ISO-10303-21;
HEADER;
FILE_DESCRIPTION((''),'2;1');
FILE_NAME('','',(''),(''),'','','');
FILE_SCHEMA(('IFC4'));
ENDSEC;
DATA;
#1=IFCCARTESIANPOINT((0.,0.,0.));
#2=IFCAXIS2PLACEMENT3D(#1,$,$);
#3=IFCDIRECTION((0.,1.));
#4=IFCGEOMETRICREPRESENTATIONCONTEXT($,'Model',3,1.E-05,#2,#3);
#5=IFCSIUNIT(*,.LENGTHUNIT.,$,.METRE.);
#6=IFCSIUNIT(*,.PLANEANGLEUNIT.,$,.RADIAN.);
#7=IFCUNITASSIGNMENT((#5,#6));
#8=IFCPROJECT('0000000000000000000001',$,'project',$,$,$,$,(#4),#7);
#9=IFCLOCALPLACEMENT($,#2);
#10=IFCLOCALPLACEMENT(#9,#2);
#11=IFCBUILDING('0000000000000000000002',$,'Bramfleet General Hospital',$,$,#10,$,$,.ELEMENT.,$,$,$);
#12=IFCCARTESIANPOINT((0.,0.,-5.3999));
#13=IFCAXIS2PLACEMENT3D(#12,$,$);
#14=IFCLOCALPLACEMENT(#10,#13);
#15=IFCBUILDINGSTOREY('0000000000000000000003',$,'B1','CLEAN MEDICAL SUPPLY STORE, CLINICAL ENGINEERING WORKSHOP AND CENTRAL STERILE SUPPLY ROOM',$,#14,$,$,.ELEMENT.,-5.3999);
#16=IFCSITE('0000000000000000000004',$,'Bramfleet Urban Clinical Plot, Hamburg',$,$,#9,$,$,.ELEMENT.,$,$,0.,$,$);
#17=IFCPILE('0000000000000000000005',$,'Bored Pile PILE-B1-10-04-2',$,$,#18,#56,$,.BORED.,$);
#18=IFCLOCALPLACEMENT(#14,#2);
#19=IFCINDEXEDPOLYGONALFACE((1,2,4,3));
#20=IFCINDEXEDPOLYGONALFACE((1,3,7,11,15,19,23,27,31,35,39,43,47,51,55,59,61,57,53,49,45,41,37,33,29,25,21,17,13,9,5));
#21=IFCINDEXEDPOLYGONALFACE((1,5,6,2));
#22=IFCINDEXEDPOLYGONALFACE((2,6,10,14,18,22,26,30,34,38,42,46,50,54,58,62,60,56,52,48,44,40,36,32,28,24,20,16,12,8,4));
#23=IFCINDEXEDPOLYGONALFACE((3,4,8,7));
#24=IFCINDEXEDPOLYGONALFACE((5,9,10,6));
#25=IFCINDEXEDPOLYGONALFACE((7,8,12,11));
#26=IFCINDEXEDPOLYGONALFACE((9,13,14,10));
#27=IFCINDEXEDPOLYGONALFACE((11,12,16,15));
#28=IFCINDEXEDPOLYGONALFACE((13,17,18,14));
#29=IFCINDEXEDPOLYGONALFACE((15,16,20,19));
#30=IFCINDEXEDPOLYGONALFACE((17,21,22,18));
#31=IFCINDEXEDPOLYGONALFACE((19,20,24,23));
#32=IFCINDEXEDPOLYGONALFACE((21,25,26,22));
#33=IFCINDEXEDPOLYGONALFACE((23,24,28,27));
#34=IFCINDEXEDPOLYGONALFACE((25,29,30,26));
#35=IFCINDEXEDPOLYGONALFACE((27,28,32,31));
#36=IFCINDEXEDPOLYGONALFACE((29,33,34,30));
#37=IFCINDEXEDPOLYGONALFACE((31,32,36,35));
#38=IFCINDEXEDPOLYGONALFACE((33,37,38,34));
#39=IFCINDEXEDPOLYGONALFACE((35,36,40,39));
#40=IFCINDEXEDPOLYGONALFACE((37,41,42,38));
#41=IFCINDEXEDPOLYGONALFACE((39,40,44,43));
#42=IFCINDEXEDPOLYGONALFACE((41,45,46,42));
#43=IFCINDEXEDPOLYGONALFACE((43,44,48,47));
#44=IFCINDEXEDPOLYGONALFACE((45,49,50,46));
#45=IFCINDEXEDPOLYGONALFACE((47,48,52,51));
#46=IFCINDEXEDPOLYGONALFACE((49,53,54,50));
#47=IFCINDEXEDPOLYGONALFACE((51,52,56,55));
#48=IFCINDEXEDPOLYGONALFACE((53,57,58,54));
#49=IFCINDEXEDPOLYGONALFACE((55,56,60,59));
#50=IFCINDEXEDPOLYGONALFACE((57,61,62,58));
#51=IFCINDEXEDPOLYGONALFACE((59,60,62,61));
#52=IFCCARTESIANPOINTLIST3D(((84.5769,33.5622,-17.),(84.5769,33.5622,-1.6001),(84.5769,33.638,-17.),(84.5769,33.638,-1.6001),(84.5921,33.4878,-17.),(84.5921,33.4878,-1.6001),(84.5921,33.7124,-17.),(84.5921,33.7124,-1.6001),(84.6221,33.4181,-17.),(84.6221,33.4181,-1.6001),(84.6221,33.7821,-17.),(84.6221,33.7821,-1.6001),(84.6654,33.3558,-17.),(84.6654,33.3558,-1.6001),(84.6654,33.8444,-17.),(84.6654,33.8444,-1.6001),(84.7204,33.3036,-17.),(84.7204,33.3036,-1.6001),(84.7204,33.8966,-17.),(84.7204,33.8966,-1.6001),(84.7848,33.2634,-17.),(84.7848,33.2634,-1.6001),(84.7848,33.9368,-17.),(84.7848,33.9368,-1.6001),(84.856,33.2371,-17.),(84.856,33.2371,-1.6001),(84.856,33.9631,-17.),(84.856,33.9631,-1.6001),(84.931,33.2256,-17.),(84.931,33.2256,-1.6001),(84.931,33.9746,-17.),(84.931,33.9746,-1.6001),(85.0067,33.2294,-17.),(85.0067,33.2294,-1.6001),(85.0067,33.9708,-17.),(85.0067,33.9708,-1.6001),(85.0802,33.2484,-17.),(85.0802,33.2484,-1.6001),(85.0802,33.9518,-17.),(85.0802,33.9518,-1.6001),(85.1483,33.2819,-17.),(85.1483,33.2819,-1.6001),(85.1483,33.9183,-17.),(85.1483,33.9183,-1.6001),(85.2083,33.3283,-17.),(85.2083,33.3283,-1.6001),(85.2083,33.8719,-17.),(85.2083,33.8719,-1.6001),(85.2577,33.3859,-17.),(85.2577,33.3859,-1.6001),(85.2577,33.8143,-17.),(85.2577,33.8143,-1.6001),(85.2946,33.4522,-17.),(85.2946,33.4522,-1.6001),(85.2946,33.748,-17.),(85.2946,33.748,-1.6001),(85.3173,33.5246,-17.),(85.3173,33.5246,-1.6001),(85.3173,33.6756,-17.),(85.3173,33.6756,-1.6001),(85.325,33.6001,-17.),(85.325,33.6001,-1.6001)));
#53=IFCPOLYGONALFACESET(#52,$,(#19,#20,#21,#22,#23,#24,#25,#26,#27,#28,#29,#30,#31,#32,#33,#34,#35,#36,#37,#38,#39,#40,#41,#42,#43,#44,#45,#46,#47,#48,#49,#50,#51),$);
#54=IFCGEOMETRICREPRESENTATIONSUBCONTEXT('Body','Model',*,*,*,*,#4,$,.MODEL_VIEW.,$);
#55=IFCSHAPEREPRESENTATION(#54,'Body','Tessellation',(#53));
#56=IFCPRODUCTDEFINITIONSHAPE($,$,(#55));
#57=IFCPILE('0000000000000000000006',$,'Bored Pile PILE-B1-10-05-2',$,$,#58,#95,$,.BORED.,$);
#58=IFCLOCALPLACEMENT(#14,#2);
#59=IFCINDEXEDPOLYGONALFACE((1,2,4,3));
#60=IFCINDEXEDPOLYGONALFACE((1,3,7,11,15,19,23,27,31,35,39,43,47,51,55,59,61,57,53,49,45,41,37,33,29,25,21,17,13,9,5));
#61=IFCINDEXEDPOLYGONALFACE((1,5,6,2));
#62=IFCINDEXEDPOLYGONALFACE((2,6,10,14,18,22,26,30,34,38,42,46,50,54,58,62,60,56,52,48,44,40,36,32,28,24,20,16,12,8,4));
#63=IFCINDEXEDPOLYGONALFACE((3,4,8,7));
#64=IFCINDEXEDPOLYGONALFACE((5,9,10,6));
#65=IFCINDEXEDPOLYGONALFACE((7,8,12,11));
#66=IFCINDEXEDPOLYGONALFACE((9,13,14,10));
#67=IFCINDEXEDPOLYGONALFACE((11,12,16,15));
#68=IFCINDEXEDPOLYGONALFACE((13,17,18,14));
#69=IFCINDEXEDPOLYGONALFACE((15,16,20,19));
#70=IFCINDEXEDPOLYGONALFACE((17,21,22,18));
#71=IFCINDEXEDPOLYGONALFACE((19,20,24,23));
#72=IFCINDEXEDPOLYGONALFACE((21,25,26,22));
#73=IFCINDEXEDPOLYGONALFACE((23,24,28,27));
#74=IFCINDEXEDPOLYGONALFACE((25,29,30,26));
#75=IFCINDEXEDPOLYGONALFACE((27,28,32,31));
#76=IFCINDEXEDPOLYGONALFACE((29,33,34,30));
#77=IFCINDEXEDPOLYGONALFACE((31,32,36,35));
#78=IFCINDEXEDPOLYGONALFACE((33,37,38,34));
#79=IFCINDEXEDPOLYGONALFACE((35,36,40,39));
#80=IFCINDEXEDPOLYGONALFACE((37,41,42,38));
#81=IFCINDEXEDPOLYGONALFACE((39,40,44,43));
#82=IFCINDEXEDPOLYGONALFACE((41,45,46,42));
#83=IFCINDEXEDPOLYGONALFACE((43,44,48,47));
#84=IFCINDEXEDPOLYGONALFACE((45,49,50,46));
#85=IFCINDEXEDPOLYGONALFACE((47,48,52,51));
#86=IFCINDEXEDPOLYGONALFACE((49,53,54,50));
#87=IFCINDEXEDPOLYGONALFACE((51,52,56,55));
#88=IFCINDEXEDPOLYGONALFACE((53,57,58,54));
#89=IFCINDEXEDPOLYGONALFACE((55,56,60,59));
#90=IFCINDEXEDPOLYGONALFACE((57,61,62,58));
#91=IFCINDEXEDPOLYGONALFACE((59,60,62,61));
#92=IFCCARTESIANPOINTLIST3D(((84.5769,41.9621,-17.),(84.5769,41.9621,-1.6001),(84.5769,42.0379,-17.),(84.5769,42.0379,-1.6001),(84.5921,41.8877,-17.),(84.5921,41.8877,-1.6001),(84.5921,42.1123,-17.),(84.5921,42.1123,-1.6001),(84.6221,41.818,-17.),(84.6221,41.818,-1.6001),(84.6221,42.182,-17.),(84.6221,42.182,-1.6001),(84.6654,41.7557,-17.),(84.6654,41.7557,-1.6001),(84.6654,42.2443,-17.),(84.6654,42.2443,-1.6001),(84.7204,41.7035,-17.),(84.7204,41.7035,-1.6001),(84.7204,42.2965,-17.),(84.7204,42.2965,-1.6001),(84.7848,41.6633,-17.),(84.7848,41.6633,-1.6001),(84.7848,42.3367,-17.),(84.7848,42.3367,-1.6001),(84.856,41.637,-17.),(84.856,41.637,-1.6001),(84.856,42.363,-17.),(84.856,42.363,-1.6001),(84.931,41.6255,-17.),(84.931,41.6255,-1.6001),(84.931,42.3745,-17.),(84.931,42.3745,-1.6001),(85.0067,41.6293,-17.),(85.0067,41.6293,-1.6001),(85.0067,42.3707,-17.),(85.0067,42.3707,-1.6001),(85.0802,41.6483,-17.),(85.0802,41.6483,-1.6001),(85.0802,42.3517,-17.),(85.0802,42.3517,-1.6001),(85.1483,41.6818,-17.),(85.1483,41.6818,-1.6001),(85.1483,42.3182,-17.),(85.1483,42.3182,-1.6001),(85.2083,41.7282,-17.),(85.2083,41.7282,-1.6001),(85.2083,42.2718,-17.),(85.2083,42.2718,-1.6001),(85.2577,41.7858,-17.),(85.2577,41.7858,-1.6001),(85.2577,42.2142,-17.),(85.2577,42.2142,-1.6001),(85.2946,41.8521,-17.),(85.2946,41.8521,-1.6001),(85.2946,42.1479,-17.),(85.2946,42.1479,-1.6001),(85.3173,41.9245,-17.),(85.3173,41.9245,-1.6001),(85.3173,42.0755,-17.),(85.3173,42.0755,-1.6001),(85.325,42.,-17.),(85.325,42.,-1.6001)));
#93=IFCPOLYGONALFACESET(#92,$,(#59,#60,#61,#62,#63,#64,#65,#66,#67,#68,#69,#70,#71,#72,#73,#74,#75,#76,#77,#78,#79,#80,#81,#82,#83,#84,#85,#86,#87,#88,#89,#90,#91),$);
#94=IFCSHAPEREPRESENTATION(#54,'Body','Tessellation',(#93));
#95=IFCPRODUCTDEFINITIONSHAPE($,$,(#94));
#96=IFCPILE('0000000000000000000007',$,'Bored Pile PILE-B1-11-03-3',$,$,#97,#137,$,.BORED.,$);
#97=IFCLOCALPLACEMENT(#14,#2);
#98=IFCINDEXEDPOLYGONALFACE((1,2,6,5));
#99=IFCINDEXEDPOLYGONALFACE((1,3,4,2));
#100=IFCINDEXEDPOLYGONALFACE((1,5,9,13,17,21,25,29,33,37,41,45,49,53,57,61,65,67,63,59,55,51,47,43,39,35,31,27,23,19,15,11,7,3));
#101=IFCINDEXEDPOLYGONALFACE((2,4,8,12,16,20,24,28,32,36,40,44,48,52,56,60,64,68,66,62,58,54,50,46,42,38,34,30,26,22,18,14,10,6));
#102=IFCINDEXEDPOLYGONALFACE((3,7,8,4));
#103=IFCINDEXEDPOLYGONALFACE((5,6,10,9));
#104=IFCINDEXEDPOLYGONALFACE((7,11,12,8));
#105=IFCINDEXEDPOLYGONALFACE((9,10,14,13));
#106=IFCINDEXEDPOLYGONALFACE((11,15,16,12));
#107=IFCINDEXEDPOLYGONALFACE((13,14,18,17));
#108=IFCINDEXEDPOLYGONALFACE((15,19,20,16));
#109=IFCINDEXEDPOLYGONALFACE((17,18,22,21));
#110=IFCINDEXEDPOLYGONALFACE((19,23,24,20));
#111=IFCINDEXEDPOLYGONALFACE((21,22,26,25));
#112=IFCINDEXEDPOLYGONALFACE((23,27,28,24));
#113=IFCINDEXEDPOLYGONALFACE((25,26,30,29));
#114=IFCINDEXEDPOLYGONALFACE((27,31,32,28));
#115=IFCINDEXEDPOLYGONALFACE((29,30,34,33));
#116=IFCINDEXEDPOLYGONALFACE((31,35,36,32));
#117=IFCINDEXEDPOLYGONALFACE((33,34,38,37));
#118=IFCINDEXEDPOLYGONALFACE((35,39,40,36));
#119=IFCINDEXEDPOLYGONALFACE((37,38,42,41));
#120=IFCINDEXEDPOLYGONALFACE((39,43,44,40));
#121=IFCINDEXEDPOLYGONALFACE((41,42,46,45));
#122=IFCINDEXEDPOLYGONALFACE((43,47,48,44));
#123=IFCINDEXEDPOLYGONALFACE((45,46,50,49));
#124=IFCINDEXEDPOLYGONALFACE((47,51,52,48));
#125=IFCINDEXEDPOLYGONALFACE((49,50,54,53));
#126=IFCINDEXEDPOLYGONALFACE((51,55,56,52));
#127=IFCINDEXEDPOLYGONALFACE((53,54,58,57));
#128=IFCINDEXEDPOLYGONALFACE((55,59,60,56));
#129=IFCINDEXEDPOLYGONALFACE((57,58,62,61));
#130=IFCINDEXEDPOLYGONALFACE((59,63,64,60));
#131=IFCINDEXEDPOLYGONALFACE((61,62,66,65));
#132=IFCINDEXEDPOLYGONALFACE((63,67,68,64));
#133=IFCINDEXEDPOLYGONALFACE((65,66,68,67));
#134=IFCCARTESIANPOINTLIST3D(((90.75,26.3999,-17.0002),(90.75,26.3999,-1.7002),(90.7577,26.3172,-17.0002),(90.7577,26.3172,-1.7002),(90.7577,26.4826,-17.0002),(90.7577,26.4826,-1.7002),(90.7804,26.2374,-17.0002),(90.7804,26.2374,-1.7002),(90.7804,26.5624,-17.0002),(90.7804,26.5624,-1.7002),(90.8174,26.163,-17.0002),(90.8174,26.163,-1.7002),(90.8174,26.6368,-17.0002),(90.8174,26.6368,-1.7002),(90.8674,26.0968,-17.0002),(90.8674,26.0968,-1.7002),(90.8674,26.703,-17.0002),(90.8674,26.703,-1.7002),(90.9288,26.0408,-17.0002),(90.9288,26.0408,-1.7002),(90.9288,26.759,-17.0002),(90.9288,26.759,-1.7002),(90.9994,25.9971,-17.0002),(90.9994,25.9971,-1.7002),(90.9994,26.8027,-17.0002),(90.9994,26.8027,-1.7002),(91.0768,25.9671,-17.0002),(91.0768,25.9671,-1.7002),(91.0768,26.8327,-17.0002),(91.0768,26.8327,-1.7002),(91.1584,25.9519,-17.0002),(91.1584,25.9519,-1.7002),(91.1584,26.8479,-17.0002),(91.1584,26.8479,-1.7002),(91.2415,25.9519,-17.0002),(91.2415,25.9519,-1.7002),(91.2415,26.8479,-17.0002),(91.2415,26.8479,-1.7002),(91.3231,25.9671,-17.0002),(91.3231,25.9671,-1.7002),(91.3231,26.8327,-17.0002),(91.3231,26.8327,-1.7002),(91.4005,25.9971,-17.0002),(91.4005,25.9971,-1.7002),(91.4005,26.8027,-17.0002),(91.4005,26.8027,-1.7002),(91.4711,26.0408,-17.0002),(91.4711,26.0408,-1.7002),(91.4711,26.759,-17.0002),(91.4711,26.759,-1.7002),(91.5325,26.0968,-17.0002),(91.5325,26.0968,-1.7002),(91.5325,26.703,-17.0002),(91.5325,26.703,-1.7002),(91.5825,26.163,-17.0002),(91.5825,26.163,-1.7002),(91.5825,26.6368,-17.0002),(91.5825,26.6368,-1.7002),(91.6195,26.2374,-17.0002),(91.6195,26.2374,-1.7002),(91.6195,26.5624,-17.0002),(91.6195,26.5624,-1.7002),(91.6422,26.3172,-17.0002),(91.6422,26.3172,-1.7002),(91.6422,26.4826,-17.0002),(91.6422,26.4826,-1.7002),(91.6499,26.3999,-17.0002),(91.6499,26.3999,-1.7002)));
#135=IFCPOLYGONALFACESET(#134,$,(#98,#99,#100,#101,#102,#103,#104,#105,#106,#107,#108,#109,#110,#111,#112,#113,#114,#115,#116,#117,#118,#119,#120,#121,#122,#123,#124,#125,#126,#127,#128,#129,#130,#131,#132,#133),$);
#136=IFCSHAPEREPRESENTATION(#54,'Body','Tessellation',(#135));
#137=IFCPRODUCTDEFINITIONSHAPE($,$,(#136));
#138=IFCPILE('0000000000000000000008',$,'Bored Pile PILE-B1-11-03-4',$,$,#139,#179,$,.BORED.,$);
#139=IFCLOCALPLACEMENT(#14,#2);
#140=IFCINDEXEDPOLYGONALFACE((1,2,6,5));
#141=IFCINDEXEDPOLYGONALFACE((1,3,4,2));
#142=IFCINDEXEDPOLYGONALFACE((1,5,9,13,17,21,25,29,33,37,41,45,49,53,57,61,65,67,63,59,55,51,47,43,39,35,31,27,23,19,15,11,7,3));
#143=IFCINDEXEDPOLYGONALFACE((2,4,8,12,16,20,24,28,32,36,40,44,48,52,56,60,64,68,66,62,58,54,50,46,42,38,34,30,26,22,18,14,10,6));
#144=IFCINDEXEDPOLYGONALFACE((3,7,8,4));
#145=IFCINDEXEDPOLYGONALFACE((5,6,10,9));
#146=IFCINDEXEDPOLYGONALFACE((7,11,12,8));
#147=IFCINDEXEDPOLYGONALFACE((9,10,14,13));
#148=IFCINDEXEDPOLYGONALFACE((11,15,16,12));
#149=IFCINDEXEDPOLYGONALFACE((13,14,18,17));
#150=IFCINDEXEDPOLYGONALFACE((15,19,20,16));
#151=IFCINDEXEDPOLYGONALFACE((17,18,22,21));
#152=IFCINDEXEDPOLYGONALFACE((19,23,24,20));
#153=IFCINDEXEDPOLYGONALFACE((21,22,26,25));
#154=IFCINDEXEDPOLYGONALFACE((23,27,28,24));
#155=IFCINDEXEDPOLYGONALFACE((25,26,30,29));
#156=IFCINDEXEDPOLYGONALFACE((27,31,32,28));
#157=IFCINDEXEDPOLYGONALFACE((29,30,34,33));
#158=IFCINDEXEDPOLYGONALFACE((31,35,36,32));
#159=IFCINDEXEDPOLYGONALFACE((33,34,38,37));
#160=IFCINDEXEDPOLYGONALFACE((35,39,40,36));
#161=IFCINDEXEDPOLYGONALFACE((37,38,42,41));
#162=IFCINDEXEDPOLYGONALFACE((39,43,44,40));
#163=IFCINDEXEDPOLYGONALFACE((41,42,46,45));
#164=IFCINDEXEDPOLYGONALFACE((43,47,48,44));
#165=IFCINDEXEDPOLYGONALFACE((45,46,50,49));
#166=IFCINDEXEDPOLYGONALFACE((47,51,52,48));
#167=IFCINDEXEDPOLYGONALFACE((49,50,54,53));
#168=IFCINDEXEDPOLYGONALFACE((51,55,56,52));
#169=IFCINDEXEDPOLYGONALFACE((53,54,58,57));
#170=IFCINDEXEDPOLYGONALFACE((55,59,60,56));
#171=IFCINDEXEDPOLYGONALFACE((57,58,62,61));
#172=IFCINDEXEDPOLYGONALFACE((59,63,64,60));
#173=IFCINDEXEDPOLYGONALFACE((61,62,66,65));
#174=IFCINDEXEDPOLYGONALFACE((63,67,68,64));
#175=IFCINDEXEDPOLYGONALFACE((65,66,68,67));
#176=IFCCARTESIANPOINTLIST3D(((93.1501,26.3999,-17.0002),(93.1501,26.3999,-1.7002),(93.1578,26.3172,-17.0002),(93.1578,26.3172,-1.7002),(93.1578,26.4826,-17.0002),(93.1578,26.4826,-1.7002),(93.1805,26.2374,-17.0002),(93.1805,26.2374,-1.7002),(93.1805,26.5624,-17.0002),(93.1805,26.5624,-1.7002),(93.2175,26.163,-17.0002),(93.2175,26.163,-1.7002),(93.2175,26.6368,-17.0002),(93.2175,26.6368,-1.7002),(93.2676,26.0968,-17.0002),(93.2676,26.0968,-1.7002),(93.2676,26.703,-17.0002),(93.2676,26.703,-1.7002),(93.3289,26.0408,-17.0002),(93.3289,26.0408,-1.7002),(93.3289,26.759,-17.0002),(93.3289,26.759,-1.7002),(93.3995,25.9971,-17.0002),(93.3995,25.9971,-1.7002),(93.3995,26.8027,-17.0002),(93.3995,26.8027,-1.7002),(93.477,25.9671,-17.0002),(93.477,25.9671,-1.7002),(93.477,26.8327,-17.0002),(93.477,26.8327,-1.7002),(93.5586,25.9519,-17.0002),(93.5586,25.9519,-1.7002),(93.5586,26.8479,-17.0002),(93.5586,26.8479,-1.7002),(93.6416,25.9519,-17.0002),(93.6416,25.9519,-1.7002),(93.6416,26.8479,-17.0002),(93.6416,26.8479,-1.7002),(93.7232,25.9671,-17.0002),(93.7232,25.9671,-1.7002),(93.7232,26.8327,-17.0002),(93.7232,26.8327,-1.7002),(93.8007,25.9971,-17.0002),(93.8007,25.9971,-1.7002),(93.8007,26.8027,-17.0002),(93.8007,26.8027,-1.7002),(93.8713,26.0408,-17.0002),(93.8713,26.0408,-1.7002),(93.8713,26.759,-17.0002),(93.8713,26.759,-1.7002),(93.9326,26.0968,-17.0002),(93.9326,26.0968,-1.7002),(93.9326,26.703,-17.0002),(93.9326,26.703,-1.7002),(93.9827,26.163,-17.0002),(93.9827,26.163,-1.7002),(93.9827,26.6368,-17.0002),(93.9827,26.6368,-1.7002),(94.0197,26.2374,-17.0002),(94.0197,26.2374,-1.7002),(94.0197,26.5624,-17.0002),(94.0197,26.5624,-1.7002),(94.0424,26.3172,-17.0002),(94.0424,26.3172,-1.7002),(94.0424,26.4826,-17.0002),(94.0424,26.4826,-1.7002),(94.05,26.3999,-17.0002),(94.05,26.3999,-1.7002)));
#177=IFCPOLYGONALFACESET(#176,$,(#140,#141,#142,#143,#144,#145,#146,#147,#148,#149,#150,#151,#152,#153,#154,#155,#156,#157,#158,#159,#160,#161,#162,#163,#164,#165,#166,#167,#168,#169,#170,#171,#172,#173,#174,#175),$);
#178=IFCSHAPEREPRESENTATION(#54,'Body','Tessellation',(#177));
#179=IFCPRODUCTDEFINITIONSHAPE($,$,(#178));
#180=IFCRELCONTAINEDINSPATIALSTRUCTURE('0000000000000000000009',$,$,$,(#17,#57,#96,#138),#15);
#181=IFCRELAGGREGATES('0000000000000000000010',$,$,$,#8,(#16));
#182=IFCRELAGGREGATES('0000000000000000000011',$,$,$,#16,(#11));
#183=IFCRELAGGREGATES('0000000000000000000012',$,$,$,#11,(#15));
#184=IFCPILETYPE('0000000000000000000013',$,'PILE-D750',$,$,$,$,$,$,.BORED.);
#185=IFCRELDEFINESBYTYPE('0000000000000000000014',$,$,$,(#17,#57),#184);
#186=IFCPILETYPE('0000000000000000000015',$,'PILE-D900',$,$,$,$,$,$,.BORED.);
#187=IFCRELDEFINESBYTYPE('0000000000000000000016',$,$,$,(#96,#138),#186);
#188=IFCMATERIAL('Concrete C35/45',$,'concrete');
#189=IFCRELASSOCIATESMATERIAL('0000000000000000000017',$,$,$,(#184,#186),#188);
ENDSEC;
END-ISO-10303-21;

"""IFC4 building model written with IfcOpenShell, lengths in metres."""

from ifc_helpers import new_model, si_unit, direction, frame, origin, origin_2d, place, context, subcontext, project, spatial, circle, extrude, material, material_profile, profile_set, type_object, element, save


model = new_model("IFC4")

# Units and contexts
model_context = context("Model", 3, precision=1e-05, world=origin(), true_north=direction((0.0, 1.0)))
body_context = subcontext(model_context, "Body", "Model", "MODEL_VIEW")
ifc_project = project(units=[si_unit("LENGTHUNIT", "METRE"), si_unit("PLANEANGLEUNIT", "RADIAN")], contexts=[model_context])

# Site, building, storey
site_placement = place(None, origin())
site = spatial("IfcSite", under=ifc_project, at=site_placement, Name="Bramfleet Urban Clinical Plot, Hamburg", CompositionType="ELEMENT", RefElevation=0.0)
building_placement = place(site_placement, origin())
building = spatial("IfcBuilding", under=site, at=building_placement, Name="Bramfleet General Hospital", CompositionType="ELEMENT")
storey_placement = place(building_placement, frame((0.0, 0.0, -5.3999)))
storey = spatial("IfcBuildingStorey", under=building, at=storey_placement, Name="B1", Description="CLEAN MEDICAL SUPPLY STORE, CLINICAL ENGINEERING WORKSHOP AND CENTRAL STERILE SUPPLY ROOM", CompositionType="ELEMENT", Elevation=-5.3999)

# Shared definitions
ifc_material_1 = material(Name="Concrete C35/45", Category="concrete")

# Piles
ifc_material_profile_1 = material_profile(ifc_material_1, circle(Radius=0.375, at=origin_2d()), Name="PILE BORED D750")
ifc_profile_set_1 = profile_set([ifc_material_profile_1], Name="Concrete C35/45")
pile_type_1 = type_object("IfcPileType", Name="PILE-D750", PredefinedType="BORED", material=ifc_profile_set_1)
for number, where, z_axis, x_axis, name in (
    (1, (84.95, 33.6001, -1.6001), (0.0, 0.0, -1.0), (1.0, 0.0, 0.0), "Bored Pile PILE-B1-10-04-2"),
    (2, (84.95, 42.0, -1.6001), (0.0, 0.0, -1.0), (1.0, 0.0, 0.0), "Bored Pile PILE-B1-10-05-2"),
):
    element("IfcPile", number, at=place(storey_placement, frame(where, z_axis=z_axis, x_axis=x_axis)), inside=storey, type_object=pile_type_1, Name=name, PredefinedType="BORED", context=body_context, shape_type="SweptSolid", body=[
        extrude(circle(Radius=0.375, at=origin_2d()), origin(), (0.0, 0.0, 1.0), 15.3999),
    ])
ifc_material_profile_2 = material_profile(ifc_material_1, circle(Radius=0.45, at=origin_2d()), Name="PILE BORED D900")
ifc_profile_set_2 = profile_set([ifc_material_profile_2], Name="Concrete C35/45")
pile_type_2 = type_object("IfcPileType", Name="PILE-D900", PredefinedType="BORED", material=ifc_profile_set_2)
for number, where, z_axis, x_axis, name in (
    (3, (91.2, 26.3999, -1.7002), (0.0, 0.0, -1.0), (1.0, 0.0, 0.0), "Bored Pile PILE-B1-11-03-3"),
    (4, (93.6001, 26.3999, -1.7002), (0.0, 0.0, -1.0), (1.0, 0.0, 0.0), "Bored Pile PILE-B1-11-03-4"),
):
    element("IfcPile", number, at=place(storey_placement, frame(where, z_axis=z_axis, x_axis=x_axis)), inside=storey, type_object=pile_type_2, Name=name, PredefinedType="BORED", context=body_context, shape_type="SweptSolid", body=[
        extrude(circle(Radius=0.45, at=origin_2d()), origin(), (0.0, 0.0, 1.0), 15.3),
    ])

save(model, "model.ifc")
